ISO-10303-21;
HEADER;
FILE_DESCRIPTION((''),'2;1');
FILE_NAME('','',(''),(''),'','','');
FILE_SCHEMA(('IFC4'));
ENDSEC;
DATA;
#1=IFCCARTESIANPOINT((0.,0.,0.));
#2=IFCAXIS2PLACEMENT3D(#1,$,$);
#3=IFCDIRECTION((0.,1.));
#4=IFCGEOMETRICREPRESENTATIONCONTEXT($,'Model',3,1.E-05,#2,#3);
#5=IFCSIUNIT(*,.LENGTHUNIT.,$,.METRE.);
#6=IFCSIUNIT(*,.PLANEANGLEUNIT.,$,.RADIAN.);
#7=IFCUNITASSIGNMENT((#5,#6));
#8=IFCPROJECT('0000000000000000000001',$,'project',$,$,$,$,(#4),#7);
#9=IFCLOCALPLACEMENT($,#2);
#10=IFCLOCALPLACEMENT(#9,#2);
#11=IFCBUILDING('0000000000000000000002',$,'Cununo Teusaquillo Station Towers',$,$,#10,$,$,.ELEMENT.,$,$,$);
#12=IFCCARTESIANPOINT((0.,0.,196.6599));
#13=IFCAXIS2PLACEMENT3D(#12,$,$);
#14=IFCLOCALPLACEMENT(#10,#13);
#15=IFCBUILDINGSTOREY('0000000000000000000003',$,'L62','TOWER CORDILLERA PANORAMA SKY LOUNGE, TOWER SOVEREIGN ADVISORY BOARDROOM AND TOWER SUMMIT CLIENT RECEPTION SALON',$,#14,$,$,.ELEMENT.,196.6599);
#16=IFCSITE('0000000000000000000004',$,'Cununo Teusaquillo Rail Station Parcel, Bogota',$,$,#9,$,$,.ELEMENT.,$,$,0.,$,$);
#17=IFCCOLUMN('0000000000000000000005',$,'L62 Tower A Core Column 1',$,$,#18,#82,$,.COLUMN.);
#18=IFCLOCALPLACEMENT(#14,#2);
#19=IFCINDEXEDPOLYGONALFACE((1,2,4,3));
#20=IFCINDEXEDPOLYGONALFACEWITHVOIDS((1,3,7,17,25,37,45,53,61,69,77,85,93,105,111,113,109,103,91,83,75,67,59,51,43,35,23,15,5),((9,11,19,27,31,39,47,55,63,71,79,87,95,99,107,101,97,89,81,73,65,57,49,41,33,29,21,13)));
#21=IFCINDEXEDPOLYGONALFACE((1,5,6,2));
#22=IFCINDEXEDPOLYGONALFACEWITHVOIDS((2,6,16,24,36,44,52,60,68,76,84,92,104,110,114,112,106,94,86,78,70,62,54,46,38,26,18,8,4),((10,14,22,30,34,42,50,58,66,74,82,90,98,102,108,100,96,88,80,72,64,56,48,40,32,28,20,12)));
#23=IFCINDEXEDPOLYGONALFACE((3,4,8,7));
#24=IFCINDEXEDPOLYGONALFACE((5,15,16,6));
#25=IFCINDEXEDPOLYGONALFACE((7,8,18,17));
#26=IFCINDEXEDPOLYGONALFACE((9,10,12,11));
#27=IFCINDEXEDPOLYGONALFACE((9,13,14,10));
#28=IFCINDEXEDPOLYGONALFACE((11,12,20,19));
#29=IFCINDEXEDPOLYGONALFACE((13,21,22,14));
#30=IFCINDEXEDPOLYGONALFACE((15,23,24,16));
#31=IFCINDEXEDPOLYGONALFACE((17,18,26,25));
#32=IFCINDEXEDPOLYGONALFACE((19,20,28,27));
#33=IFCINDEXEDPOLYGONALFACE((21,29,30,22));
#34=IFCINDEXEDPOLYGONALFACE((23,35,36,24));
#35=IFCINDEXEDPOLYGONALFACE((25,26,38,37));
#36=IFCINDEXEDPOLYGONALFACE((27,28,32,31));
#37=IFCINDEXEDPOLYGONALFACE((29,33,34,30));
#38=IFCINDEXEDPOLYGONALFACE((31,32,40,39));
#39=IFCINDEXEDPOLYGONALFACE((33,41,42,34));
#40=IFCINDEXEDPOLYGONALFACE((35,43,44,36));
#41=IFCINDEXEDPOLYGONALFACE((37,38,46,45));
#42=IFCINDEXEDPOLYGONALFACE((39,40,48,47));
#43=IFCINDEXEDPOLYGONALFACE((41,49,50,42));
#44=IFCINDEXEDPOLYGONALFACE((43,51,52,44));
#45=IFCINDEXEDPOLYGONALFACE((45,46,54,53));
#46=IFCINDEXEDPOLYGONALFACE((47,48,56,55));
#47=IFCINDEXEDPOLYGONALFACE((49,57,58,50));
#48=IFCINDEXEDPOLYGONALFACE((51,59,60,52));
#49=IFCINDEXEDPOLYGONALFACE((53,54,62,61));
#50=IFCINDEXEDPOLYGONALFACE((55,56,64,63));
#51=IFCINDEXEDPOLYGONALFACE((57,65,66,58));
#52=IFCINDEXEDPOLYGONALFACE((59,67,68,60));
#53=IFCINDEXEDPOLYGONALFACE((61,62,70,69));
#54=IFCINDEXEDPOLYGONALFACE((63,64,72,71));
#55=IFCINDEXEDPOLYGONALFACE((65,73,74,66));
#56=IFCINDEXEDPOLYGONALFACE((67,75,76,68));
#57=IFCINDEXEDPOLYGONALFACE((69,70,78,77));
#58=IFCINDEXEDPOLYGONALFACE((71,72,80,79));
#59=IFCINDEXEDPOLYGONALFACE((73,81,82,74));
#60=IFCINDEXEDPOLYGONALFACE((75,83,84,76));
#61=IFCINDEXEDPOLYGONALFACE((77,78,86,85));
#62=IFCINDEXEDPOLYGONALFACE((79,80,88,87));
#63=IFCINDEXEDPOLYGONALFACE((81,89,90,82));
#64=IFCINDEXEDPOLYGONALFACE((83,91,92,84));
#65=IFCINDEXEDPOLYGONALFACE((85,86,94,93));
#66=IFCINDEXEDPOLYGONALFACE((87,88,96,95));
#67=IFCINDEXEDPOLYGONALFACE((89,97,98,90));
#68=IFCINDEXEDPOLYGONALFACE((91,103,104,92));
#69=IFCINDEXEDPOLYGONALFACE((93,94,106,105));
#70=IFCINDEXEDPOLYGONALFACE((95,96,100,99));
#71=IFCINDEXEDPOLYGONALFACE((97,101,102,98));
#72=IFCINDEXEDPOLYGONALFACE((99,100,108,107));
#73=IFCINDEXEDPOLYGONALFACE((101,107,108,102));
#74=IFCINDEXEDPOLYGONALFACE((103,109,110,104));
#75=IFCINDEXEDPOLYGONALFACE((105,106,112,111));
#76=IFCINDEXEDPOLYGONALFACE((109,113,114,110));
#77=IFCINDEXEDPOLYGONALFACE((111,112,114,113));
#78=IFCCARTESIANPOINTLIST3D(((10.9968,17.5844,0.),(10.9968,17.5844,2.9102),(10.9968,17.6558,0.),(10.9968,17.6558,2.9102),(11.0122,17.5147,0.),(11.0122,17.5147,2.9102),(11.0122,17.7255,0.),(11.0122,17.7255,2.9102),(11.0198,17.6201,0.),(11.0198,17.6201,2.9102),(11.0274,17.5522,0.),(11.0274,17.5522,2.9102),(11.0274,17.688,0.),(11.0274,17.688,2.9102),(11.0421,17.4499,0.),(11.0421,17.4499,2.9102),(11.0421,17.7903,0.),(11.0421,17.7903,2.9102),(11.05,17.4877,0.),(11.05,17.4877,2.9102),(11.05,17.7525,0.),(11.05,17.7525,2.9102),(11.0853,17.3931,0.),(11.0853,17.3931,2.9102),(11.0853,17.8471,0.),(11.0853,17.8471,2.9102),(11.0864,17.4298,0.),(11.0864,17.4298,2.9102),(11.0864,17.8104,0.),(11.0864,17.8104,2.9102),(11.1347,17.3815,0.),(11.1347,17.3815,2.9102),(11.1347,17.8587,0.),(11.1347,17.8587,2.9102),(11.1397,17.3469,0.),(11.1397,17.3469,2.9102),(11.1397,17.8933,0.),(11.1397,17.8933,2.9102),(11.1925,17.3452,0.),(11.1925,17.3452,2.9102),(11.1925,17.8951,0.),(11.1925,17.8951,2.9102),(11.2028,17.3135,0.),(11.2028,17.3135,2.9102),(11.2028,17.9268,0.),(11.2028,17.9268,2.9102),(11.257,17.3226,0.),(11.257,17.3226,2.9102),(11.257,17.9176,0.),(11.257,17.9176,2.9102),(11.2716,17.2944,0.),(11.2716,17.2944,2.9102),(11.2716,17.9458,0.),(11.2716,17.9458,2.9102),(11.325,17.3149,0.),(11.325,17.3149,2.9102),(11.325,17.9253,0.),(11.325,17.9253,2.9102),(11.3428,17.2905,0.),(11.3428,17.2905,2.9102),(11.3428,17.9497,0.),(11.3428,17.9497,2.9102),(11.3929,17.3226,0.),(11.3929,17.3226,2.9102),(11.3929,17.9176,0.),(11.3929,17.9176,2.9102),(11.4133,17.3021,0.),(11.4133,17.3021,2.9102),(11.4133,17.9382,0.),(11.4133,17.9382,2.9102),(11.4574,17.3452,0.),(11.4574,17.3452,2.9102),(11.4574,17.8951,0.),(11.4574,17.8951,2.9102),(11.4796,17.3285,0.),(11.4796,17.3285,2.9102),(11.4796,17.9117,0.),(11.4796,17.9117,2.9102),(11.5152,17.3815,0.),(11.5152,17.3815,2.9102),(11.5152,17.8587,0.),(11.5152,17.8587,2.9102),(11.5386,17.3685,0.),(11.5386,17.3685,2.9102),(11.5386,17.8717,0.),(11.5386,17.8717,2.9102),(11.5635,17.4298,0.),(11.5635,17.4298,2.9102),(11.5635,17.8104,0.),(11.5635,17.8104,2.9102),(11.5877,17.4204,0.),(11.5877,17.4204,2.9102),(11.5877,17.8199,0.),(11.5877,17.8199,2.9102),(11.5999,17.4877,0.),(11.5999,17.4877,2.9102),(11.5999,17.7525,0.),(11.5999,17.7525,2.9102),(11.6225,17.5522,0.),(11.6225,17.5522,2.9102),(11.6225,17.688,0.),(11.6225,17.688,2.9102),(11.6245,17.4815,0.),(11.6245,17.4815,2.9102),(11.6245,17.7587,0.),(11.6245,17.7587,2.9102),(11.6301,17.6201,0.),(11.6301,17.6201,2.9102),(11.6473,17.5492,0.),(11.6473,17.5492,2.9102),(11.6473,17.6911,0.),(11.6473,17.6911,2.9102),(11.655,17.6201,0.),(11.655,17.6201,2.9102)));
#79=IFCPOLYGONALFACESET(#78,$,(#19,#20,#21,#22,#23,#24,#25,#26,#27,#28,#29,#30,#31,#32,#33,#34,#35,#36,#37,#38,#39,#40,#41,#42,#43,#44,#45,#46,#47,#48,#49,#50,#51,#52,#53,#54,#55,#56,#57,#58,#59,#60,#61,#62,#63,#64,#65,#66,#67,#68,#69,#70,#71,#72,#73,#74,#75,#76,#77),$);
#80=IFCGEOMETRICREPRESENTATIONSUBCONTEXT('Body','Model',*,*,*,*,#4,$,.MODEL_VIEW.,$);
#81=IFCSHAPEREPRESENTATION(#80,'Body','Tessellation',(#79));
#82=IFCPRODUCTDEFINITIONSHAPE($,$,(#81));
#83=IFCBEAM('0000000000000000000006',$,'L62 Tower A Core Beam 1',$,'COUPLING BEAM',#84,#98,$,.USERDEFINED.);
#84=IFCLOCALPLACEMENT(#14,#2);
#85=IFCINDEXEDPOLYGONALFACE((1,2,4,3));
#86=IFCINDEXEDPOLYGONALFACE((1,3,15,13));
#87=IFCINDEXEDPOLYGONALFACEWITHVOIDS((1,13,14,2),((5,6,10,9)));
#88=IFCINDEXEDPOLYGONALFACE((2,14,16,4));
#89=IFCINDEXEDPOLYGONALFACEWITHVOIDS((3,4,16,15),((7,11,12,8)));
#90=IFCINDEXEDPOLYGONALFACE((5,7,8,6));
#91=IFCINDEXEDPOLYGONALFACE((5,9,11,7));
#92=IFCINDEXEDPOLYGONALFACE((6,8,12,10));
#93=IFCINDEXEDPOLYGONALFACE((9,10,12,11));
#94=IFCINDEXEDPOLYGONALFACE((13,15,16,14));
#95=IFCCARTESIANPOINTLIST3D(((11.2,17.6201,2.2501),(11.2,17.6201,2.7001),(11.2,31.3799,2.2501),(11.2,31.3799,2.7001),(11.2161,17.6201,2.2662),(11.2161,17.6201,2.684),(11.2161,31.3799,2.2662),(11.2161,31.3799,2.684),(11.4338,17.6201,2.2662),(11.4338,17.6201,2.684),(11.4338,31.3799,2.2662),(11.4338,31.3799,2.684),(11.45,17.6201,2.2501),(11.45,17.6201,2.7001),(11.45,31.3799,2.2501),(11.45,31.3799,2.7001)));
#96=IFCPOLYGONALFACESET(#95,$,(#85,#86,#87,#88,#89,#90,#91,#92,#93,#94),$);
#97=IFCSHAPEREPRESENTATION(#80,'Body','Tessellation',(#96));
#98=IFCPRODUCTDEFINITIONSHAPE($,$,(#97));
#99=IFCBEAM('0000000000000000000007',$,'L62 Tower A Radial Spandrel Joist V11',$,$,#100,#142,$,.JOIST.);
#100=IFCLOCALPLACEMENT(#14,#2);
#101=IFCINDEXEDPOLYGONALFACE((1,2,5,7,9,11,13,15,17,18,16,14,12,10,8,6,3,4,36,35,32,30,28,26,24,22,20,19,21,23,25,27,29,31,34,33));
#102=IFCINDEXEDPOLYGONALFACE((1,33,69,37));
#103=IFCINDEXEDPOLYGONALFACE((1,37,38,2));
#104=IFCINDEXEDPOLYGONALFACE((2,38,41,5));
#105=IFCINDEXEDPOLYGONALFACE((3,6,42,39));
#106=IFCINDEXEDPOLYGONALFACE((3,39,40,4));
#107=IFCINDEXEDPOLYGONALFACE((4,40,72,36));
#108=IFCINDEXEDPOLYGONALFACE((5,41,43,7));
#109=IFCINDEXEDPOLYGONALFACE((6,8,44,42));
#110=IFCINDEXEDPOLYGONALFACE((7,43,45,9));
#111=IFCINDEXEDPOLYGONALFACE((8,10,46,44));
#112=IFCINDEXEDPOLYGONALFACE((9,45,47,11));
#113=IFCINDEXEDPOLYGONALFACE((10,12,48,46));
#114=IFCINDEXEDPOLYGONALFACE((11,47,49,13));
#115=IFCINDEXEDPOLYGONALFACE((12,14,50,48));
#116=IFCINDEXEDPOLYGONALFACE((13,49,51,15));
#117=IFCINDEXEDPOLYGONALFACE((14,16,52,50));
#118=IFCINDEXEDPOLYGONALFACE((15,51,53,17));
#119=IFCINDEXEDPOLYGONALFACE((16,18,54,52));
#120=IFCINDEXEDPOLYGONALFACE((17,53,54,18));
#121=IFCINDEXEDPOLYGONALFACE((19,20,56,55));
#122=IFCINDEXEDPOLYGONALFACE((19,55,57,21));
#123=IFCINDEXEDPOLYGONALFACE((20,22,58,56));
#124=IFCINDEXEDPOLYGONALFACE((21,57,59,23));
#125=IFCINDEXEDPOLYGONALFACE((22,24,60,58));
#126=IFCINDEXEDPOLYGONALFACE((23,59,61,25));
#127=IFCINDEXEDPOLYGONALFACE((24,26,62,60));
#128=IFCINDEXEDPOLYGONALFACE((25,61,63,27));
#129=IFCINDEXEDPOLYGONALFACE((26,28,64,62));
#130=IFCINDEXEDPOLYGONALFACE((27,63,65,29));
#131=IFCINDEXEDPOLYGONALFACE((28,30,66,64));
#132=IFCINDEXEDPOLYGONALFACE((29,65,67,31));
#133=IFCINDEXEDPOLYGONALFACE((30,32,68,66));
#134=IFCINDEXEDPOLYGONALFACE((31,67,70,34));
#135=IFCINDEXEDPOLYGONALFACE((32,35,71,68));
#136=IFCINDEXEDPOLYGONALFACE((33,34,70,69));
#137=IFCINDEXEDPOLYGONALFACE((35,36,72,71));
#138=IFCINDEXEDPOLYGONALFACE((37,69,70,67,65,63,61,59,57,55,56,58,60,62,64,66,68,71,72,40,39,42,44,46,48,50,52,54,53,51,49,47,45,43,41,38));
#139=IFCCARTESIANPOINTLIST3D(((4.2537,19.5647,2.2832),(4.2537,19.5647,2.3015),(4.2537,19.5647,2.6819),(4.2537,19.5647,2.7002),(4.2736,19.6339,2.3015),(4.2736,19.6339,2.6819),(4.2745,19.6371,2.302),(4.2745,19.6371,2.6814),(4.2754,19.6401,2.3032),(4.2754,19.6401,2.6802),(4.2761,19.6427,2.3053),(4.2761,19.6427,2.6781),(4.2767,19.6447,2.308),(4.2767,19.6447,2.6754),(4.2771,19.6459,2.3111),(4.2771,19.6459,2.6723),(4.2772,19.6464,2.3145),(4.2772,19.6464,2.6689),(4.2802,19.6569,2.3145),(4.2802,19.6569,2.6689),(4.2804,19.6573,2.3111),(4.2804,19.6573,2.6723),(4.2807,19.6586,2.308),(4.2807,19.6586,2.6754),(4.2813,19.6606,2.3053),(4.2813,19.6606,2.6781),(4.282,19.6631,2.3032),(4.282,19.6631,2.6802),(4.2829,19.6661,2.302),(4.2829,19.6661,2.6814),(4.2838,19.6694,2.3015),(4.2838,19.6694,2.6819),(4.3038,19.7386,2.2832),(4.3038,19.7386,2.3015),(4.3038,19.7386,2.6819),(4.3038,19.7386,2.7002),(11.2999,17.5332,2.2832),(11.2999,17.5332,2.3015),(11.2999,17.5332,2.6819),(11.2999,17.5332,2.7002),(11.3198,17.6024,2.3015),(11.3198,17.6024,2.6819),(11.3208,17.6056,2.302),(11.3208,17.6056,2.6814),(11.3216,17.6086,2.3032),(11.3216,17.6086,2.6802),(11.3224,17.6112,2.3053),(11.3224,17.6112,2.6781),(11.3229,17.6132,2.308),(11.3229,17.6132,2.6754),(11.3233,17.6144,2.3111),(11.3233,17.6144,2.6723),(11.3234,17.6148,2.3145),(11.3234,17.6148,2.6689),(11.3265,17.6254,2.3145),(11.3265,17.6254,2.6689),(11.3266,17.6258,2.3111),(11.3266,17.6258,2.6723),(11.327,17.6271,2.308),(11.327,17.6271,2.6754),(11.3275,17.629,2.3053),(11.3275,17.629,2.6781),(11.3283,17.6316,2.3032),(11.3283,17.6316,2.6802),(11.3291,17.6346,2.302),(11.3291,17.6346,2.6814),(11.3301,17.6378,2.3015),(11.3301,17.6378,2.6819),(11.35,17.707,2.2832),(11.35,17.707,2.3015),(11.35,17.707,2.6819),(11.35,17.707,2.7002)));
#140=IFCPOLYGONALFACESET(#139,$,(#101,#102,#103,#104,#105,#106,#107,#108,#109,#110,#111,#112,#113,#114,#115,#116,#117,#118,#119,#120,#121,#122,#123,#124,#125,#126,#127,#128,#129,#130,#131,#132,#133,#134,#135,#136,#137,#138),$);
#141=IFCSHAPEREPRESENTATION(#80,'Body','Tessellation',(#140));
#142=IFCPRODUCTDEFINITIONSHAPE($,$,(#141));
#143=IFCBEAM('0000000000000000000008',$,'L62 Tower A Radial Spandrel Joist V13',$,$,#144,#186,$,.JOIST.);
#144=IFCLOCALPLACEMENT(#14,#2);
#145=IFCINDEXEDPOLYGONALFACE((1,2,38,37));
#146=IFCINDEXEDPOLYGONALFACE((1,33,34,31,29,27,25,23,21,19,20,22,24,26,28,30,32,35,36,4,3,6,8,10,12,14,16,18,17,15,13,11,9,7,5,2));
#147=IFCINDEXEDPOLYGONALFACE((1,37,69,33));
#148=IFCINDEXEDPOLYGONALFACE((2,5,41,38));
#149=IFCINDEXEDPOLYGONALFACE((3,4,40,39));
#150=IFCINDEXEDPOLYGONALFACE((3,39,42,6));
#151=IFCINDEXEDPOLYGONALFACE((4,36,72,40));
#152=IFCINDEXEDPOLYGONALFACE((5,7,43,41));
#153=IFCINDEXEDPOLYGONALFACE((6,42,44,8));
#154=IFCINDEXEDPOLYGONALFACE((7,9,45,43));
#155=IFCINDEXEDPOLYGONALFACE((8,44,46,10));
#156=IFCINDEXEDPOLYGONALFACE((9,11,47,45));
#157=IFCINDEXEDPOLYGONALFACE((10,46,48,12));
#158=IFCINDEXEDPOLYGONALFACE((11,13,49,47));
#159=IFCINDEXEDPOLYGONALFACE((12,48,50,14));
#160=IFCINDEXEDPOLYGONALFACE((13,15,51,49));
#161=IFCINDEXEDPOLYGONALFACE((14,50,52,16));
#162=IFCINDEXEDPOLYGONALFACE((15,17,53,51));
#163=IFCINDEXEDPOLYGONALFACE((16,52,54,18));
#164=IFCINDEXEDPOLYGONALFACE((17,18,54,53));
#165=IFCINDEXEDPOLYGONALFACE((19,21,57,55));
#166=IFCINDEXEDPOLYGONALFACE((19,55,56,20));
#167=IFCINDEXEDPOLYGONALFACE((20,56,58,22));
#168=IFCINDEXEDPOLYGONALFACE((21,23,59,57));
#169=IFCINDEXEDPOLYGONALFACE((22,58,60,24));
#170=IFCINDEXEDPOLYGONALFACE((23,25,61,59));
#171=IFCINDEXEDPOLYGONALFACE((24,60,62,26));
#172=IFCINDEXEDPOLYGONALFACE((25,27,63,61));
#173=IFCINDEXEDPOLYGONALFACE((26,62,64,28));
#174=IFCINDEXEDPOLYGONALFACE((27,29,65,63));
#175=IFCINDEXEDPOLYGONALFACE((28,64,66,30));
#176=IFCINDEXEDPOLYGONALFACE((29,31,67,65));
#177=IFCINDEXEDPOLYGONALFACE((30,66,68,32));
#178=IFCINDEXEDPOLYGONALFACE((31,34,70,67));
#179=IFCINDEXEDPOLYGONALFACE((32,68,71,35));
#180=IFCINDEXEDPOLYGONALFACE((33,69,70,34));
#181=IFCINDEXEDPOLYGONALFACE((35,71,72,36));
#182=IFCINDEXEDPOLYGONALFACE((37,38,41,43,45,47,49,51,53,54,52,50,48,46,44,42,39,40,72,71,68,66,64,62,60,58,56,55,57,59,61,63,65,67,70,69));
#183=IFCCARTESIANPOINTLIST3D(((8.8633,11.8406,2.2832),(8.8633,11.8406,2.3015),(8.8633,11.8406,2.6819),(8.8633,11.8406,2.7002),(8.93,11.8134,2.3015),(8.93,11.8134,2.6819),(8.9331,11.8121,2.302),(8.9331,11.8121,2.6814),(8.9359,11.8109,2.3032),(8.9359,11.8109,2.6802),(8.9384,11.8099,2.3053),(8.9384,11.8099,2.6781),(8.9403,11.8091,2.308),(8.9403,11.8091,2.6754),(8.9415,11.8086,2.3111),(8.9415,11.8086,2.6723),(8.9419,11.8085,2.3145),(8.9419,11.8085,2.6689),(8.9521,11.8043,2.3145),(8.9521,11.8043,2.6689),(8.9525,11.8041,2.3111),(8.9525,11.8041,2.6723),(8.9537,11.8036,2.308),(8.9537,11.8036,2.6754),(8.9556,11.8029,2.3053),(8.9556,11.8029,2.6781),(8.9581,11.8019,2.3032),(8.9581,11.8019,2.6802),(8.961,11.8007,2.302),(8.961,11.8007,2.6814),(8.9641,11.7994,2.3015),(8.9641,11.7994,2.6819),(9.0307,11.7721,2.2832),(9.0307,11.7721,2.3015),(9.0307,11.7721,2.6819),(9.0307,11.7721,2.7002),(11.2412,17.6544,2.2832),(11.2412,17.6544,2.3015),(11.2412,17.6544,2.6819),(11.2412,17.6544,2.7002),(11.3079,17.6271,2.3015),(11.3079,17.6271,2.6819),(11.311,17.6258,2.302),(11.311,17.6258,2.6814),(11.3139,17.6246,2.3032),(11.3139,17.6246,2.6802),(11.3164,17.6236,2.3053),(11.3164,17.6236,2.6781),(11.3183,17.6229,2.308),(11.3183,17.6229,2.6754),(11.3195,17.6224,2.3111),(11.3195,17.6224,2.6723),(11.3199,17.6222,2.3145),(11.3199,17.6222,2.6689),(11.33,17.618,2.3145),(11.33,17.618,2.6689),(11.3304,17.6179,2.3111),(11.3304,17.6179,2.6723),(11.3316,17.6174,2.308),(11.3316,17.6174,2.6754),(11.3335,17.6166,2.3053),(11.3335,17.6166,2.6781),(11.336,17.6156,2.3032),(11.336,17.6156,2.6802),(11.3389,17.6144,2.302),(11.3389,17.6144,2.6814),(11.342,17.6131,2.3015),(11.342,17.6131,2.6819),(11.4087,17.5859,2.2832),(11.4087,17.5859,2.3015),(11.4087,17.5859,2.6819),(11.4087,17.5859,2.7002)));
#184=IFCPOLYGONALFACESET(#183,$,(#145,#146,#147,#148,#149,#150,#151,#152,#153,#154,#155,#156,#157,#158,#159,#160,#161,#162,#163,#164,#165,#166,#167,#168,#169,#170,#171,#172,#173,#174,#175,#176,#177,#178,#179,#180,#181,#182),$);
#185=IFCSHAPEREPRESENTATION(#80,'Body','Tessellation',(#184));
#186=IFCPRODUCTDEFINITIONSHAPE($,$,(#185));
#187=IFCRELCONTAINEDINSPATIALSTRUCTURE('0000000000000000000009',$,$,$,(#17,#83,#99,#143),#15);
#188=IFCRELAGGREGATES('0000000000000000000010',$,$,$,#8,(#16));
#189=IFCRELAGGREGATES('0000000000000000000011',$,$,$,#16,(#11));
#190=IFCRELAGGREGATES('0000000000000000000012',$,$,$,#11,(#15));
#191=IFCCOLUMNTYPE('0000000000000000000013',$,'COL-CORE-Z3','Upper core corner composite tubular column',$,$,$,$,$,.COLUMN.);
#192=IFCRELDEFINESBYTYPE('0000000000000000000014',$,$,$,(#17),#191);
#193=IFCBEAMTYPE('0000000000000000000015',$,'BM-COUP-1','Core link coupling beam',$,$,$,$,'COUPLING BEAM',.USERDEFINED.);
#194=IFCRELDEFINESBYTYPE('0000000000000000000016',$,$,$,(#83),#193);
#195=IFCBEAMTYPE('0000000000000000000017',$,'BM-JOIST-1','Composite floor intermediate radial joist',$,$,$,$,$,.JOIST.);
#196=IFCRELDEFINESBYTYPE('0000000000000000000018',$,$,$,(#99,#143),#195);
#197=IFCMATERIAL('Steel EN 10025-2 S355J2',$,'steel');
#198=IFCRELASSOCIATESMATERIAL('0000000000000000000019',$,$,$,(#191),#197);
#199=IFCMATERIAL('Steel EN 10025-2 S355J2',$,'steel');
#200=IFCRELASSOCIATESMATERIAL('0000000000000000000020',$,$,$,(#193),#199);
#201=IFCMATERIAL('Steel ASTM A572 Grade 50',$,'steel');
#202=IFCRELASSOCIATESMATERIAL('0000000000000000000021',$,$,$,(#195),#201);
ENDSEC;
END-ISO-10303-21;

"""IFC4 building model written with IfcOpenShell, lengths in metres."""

from ifc_helpers import new_model, si_unit, direction, frame, origin, origin_2d, place, context, subcontext, project, spatial, hollow_rectangle, hollow_circle, i_section, extrude, material, material_profile, profile_set, type_object, element, save


model = new_model("IFC4")

# Units and contexts
model_context = context("Model", 3, precision=1e-05, world=origin(), true_north=direction((0.0, 1.0)))
body_context = subcontext(model_context, "Body", "Model", "MODEL_VIEW")
ifc_project = project(units=[si_unit("LENGTHUNIT", "METRE"), si_unit("PLANEANGLEUNIT", "RADIAN")], contexts=[model_context])

# Site, building, storey
site_placement = place(None, origin())
site = spatial("IfcSite", under=ifc_project, at=site_placement, Name="Cununo Teusaquillo Rail Station Parcel, Bogota", CompositionType="ELEMENT", RefElevation=0.0)
building_placement = place(site_placement, origin())
building = spatial("IfcBuilding", under=site, at=building_placement, Name="Cununo Teusaquillo Station Towers", CompositionType="ELEMENT")
storey_placement = place(building_placement, frame((0.0, 0.0, 196.6599)))
storey = spatial("IfcBuildingStorey", under=building, at=storey_placement, Name="L62", Description="TOWER CORDILLERA PANORAMA SKY LOUNGE, TOWER SOVEREIGN ADVISORY BOARDROOM AND TOWER SUMMIT CLIENT RECEPTION SALON", CompositionType="ELEMENT", Elevation=196.6599)

# Column
ifc_material_1 = material(Name="Steel EN 10025-2 S355J2", Category="steel")
ifc_material_profile_1 = material_profile(ifc_material_1, hollow_circle(Radius=0.3301, WallThickness=0.0249, at=origin_2d()), Name="CHS 660x25")
ifc_profile_set_1 = profile_set([ifc_material_profile_1], Name="Steel EN 10025-2 S355J2")
column_type = type_object("IfcColumnType", Name="COL-CORE-Z3", Description="Upper core corner composite tubular column", PredefinedType="COLUMN", material=ifc_profile_set_1)
column_placement = place(storey_placement, frame((11.325, 17.6201, 0.0), z_axis=(0.0, 0.0, 1.0), x_axis=(1.0, 0.0, 0.0)))
element("IfcColumn", 1, at=column_placement, inside=storey, type_object=column_type, Name="L62 Tower A Core Column 1", PredefinedType="COLUMN", context=body_context, shape_type="SweptSolid", body=[
    extrude(hollow_circle(Radius=0.3301, WallThickness=0.0249, at=origin_2d()), origin(), (0.0, 0.0, 1.0), 2.9102),
])

# Beams
ifc_material_2 = material(Name="Steel EN 10025-2 S355J2", Category="steel")
ifc_material_profile_2 = material_profile(ifc_material_2, hollow_rectangle(XDim=0.25, YDim=0.45, WallThickness=0.0161, at=origin_2d()), Name="RHS 450x250x16")
ifc_profile_set_2 = profile_set([ifc_material_profile_2], Name="Steel EN 10025-2 S355J2")
beam_type_1 = type_object("IfcBeamType", Name="BM-COUP-1", Description="Core link coupling beam", ElementType="COUPLING BEAM", PredefinedType="USERDEFINED", material=ifc_profile_set_2)
beam_1_placement = place(storey_placement, frame((11.325, 17.6201, 2.4751), z_axis=(0.0, 1.0, 0.0), x_axis=(-1.0, 0.0, 0.0)))
element("IfcBeam", 2, at=beam_1_placement, inside=storey, type_object=beam_type_1, Name="L62 Tower A Core Beam 1", ObjectType="COUPLING BEAM", PredefinedType="USERDEFINED", context=body_context, shape_type="SweptSolid", body=[
    extrude(hollow_rectangle(XDim=0.25, YDim=0.45, WallThickness=0.0161, at=origin_2d()), origin(), (0.0, 0.0, 1.0), 13.7598),
])
ifc_material_3 = material(Name="Steel ASTM A572 Grade 50", Category="steel")
ifc_material_profile_3 = material_profile(ifc_material_3, i_section(OverallWidth=0.1809, OverallDepth=0.417, WebThickness=0.011, FlangeThickness=0.0183, FilletRadius=0.0129, at=origin_2d()), Name="W16X57")
ifc_profile_set_3 = profile_set([ifc_material_profile_3], Name="Steel ASTM A572 Grade 50")
beam_type_2 = type_object("IfcBeamType", Name="BM-JOIST-1", Description="Composite floor intermediate radial joist", PredefinedType="JOIST", material=ifc_profile_set_3)
beam_2_placement = place(storey_placement, frame((11.325, 17.6201, 2.4917), z_axis=(-0.960862, 0.277029, 0.0), x_axis=(-0.277029, -0.960862, 0.0)))
element("IfcBeam", 3, at=beam_2_placement, inside=storey, type_object=beam_type_2, Name="L62 Tower A Radial Spandrel Joist V11", PredefinedType="JOIST", context=body_context, shape_type="SweptSolid", body=[
    extrude(i_section(OverallWidth=0.1809, OverallDepth=0.417, WebThickness=0.011, FlangeThickness=0.0183, FilletRadius=0.0129, at=origin_2d()), origin(), (0.0, 0.0, 1.0), 7.3333),
])
beam_3_placement = place(storey_placement, frame((11.325, 17.6201, 2.4917), z_axis=(-0.378577, -0.92557, 0.0), x_axis=(0.92557, -0.378577, 0.0)))
element("IfcBeam", 4, at=beam_3_placement, inside=storey, type_object=beam_type_2, Name="L62 Tower A Radial Spandrel Joist V13", PredefinedType="JOIST", context=body_context, shape_type="SweptSolid", body=[
    extrude(i_section(OverallWidth=0.1809, OverallDepth=0.417, WebThickness=0.011, FlangeThickness=0.0183, FilletRadius=0.0129, at=origin_2d()), origin(), (0.0, 0.0, 1.0), 6.2812),
])

save(model, "model.ifc")
